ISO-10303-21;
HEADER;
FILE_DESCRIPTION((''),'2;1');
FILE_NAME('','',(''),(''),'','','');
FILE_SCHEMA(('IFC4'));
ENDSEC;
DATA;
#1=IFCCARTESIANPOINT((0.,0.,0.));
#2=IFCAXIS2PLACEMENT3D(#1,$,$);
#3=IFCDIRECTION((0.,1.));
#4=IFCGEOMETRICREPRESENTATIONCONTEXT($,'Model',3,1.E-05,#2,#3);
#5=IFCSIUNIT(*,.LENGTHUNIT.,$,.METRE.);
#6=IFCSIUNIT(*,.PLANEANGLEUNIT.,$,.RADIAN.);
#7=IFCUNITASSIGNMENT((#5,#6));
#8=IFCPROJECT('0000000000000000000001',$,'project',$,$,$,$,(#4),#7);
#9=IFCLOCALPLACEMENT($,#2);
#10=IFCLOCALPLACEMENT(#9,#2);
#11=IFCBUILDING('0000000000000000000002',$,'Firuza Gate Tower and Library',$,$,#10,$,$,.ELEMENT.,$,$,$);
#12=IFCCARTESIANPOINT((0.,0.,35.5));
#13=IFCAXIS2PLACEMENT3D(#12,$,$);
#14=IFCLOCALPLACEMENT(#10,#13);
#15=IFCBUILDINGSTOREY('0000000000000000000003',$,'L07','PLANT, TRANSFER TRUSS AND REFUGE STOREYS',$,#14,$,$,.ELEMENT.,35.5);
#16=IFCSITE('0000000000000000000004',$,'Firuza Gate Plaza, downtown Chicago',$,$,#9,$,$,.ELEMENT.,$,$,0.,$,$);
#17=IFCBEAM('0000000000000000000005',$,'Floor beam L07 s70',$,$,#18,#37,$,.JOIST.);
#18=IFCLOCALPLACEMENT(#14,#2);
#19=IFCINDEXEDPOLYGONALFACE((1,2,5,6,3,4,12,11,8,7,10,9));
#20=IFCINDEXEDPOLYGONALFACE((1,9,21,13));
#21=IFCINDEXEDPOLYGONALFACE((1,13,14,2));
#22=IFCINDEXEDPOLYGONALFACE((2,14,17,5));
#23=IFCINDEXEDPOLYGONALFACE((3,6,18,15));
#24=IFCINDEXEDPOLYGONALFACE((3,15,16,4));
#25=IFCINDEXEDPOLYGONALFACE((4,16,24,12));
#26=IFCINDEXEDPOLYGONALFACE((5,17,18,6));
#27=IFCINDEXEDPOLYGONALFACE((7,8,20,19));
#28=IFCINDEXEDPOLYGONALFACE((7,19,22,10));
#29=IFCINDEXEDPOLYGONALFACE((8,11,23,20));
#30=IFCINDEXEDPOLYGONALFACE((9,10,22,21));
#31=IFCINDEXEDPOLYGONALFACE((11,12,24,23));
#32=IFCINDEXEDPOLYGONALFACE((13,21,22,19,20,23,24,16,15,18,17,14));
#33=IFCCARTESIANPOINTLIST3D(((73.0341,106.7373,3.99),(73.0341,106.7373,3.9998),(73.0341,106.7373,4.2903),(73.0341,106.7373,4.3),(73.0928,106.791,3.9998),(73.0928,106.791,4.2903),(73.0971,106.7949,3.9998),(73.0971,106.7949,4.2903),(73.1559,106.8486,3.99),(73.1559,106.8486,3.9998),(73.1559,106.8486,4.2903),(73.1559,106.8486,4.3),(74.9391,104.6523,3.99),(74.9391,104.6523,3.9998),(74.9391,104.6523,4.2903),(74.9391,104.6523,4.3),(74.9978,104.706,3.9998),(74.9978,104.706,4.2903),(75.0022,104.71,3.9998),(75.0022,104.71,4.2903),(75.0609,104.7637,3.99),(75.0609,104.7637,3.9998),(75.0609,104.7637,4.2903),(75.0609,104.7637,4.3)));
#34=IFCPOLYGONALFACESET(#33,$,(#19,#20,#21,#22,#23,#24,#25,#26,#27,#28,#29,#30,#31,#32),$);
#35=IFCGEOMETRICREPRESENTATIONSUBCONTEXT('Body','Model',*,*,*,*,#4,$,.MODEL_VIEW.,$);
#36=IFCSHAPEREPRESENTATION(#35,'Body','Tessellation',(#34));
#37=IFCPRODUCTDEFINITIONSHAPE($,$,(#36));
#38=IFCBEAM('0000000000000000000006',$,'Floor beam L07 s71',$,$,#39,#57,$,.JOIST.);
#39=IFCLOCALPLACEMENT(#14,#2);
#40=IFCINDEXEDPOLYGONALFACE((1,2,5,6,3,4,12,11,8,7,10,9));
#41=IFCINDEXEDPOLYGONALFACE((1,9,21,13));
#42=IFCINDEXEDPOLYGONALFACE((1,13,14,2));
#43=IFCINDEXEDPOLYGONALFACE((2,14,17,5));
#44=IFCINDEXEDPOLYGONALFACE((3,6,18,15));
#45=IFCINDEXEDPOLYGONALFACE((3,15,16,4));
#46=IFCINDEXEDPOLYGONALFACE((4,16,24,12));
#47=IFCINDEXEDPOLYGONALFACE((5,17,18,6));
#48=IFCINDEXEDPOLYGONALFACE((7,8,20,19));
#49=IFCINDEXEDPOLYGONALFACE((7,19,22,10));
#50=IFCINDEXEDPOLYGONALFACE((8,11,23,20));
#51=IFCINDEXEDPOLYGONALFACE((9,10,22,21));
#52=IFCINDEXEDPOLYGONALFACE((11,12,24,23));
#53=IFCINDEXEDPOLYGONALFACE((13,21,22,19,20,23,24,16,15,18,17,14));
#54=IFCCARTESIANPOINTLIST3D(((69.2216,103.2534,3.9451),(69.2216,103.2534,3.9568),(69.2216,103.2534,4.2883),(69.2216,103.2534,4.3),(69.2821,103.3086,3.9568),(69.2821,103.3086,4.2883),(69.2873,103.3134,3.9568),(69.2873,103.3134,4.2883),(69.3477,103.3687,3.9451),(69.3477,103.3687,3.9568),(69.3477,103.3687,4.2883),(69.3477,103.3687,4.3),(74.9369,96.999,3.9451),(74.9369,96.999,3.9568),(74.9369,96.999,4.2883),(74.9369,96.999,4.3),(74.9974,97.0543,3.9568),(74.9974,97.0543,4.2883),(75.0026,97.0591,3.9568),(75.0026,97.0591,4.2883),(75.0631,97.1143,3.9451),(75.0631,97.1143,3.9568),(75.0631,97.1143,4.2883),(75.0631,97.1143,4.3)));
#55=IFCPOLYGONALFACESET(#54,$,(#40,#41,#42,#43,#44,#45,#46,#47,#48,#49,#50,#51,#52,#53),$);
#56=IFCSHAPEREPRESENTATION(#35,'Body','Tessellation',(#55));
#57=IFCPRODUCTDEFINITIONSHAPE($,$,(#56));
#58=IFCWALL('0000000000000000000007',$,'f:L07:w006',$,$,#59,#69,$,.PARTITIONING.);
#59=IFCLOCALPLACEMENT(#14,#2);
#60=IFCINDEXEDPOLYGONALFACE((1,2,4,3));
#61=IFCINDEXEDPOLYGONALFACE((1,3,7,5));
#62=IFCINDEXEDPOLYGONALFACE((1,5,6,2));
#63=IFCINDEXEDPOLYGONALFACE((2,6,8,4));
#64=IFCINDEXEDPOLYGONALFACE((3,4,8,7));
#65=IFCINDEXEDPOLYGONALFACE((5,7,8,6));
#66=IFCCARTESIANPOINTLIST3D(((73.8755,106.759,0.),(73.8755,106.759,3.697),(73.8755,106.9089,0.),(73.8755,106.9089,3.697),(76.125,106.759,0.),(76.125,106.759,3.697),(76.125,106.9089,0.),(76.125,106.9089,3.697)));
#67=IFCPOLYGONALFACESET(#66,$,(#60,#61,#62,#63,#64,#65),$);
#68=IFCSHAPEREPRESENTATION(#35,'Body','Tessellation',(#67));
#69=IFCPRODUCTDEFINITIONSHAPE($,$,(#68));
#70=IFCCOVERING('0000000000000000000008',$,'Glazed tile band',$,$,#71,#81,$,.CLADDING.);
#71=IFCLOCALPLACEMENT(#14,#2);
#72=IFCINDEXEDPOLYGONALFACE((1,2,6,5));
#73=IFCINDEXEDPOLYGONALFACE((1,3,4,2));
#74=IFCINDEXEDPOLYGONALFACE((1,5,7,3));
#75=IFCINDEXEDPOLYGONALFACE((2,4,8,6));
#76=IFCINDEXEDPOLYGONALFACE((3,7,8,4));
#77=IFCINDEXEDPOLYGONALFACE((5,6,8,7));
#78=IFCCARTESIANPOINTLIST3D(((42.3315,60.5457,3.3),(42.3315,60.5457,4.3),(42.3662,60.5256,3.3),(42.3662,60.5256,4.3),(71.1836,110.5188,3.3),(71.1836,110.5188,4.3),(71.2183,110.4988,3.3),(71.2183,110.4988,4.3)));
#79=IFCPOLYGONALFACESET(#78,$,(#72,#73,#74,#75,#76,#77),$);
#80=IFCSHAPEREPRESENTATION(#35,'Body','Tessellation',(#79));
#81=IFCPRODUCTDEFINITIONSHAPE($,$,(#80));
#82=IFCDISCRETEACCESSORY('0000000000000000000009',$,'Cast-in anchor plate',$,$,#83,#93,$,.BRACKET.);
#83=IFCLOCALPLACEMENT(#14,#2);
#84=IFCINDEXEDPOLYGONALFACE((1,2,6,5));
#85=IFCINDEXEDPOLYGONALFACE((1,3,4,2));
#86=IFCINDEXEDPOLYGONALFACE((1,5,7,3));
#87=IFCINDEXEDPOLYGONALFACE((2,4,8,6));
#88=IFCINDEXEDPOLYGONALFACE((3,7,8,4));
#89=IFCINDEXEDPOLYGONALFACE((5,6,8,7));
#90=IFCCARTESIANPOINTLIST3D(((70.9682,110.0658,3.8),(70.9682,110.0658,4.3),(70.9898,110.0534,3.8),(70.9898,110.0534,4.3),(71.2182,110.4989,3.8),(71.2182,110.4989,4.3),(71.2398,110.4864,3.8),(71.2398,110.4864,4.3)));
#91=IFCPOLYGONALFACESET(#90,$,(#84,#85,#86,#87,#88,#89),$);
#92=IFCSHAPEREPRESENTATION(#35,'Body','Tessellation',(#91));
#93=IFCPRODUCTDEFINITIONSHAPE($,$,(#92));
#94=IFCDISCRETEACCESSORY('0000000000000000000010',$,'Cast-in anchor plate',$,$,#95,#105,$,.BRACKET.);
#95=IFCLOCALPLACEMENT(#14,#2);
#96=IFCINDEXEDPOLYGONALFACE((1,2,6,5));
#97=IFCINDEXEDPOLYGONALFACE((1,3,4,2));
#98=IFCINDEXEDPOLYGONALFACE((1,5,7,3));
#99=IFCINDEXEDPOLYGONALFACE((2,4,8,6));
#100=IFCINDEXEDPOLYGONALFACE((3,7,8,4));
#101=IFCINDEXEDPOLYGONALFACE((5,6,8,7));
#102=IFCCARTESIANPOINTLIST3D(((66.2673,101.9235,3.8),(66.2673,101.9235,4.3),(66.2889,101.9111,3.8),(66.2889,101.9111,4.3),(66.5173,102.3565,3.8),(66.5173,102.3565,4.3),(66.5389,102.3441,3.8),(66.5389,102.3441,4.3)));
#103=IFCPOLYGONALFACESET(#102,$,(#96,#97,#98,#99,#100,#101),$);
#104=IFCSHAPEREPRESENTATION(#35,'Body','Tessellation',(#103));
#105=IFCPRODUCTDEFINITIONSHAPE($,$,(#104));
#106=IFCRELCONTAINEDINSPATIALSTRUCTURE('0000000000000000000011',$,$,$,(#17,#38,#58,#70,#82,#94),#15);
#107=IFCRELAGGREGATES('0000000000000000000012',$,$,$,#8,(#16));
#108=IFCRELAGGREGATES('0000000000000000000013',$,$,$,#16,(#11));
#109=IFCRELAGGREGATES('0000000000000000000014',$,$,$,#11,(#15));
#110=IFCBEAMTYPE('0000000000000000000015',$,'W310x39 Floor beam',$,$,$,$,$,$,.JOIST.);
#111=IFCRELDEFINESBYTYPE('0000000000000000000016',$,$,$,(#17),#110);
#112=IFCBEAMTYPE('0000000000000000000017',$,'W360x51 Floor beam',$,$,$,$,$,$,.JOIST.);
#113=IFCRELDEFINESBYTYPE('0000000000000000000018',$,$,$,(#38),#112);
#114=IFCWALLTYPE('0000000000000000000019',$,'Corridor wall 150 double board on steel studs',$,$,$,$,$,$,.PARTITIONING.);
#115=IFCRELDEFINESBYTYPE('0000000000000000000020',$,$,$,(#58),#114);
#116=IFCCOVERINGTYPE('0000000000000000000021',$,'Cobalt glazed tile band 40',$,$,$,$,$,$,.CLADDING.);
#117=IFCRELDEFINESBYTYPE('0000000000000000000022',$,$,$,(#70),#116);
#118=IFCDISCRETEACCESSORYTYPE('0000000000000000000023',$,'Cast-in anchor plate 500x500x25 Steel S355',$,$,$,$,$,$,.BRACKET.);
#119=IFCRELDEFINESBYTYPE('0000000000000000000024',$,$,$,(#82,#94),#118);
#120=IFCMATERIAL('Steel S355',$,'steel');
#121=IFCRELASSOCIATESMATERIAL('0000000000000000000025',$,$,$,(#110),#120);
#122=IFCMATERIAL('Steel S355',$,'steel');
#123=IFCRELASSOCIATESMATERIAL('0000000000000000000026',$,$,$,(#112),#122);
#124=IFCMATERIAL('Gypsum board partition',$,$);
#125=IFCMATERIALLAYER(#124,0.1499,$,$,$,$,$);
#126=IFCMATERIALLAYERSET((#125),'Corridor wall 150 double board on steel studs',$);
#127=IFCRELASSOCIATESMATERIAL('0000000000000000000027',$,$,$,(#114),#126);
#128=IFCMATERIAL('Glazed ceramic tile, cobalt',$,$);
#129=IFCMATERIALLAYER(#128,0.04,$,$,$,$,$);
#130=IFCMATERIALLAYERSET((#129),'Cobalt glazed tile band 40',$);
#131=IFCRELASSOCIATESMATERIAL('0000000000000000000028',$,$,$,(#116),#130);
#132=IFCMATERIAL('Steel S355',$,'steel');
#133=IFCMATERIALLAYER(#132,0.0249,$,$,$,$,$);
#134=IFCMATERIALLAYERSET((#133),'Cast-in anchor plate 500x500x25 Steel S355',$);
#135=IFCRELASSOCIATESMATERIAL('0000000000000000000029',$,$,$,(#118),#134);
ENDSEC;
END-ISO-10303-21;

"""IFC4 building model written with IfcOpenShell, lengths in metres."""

from ifc_helpers import new_model, si_unit, direction, frame, frame_2d, origin, origin_2d, place, context, subcontext, project, spatial, polyline, rectangle, i_section, outline, extrude, material, layer, layer_set, material_profile, profile_set, type_object, element, save


model = new_model("IFC4")

# Units and contexts
model_context = context("Model", 3, precision=1e-05, world=origin(), true_north=direction((0.0, 1.0)))
body_context = subcontext(model_context, "Body", "Model", "MODEL_VIEW")
ifc_project = project(units=[si_unit("LENGTHUNIT", "METRE"), si_unit("PLANEANGLEUNIT", "RADIAN")], contexts=[model_context])

# Site, building, storey
site_placement = place(None, origin())
site = spatial("IfcSite", under=ifc_project, at=site_placement, Name="Firuza Gate Plaza, downtown Chicago", CompositionType="ELEMENT", RefElevation=0.0)
building_placement = place(site_placement, origin())
building = spatial("IfcBuilding", under=site, at=building_placement, Name="Firuza Gate Tower and Library", CompositionType="ELEMENT")
storey_placement = place(building_placement, frame((0.0, 0.0, 35.5)))
storey = spatial("IfcBuildingStorey", under=building, at=storey_placement, Name="L07", Description="PLANT, TRANSFER TRUSS AND REFUGE STOREYS", CompositionType="ELEMENT", Elevation=35.5)

# Beams
ifc_material_1 = material(Name="Steel S355", Category="steel")
ifc_material_profile_1 = material_profile(ifc_material_1, i_section(OverallWidth=0.165, OverallDepth=0.3101, WebThickness=0.0059, FlangeThickness=0.0098, at=origin_2d()))
ifc_profile_set_1 = profile_set([ifc_material_profile_1], Name="Steel S355")
beam_type_1 = type_object("IfcBeamType", Name="W310x39 Floor beam", PredefinedType="JOIST", material=ifc_profile_set_1)
beam_1_placement = place(storey_placement, frame((73.095, 106.793, 4.145), z_axis=(0.674534, -0.738244, 0.0), x_axis=(0.738244, 0.674534, 0.0)))
element("IfcBeam", 1, at=beam_1_placement, inside=storey, type_object=beam_type_1, Name="Floor beam L07 s70", PredefinedType="JOIST", context=body_context, shape_type="SweptSolid", body=[
    extrude(i_section(OverallWidth=0.165, OverallDepth=0.3101, WebThickness=0.0059, FlangeThickness=0.0098, at=origin_2d()), origin(), (0.0, 0.0, 1.0), 2.8242),
])
ifc_material_2 = material(Name="Steel S355", Category="steel")
ifc_material_profile_2 = material_profile(ifc_material_2, i_section(OverallWidth=0.1709, OverallDepth=0.355, WebThickness=0.0071, FlangeThickness=0.0117, at=origin_2d()))
ifc_profile_set_2 = profile_set([ifc_material_profile_2], Name="Steel S355")
beam_type_2 = type_object("IfcBeamType", Name="W360x51 Floor beam", PredefinedType="JOIST", material=ifc_profile_set_2)
beam_2_placement = place(storey_placement, frame((69.2847, 103.311, 4.1226), z_axis=(0.674578, -0.738203, 0.0), x_axis=(0.738203, 0.674578, 0.0)))
element("IfcBeam", 2, at=beam_2_placement, inside=storey, type_object=beam_type_2, Name="Floor beam L07 s71", PredefinedType="JOIST", context=body_context, shape_type="SweptSolid", body=[
    extrude(i_section(OverallWidth=0.1709, OverallDepth=0.355, WebThickness=0.0071, FlangeThickness=0.0117, at=origin_2d()), origin(), (0.0, 0.0, 1.0), 8.4724),
])

# Wall
ifc_material_3 = material(Name="Gypsum board partition")
ifc_layer_1 = layer(ifc_material_3, 0.1499)
ifc_layer_set_1 = layer_set([ifc_layer_1], Name="Corridor wall 150 double board on steel studs")
wall_type_1 = type_object("IfcWallType", Name="Corridor wall 150 double board on steel studs", PredefinedType="PARTITIONING", material=ifc_layer_set_1)
wall_1_placement = place(storey_placement, frame((73.8755, 106.834, 0.0), z_axis=(0.0, 0.0, 1.0), x_axis=(1.0, 0.0, 0.0)))
element("IfcWall", 3, at=wall_1_placement, inside=storey, type_object=wall_type_1, Name="f:L07:w006", PredefinedType="PARTITIONING", context=body_context, shape_type="SweptSolid", body=[
    extrude(rectangle(XDim=2.2495, YDim=0.1499, at=frame_2d((1.1248, 0.0))), origin(), (0.0, 0.0, 1.0), 3.697),
])

# Covering
ifc_material_4 = material(Name="Glazed ceramic tile, cobalt")
ifc_layer_2 = layer(ifc_material_4, 0.04)
ifc_layer_set_2 = layer_set([ifc_layer_2], Name="Cobalt glazed tile band 40")
covering_type = type_object("IfcCoveringType", Name="Cobalt glazed tile band 40", PredefinedType="CLADDING", material=ifc_layer_set_2)
covering_placement = place(storey_placement, frame((71.1836, 110.5188, 3.3), z_axis=(-0.866025, 0.500001, 0.0), x_axis=(-0.500001, -0.866025, 0.0)))
element("IfcCovering", 4, at=covering_placement, inside=storey, type_object=covering_type, Name="Glazed tile band", PredefinedType="CLADDING", context=body_context, shape_type="SweptSolid", body=[
    extrude(outline(polyline([(0.0, 0.0), (57.704, 0.0), (57.704, 1.0), (0.0, 1.0), (0.0, 0.0)])), origin(), (0.0, 0.0, -1.0), 0.04),
])

# Discrete accessories
ifc_material_5 = material(Name="Steel S355", Category="steel")
ifc_layer_3 = layer(ifc_material_5, 0.0249)
ifc_layer_set_3 = layer_set([ifc_layer_3], Name="Cast-in anchor plate 500x500x25 Steel S355")
discrete_accessory_type = type_object("IfcDiscreteAccessoryType", Name="Cast-in anchor plate 500x500x25 Steel S355", PredefinedType="BRACKET", material=ifc_layer_set_3)
for number, where, z_axis, x_axis, name in (
    (5, (71.104, 110.2761, 3.8), (0.0, 0.0, 1.0), (-0.5, -0.866025, 0.0), "Cast-in anchor plate"),
    (6, (66.4031, 102.1338, 3.8), (0.0, 0.0, 1.0), (-0.5, -0.866025, 0.0), "Cast-in anchor plate"),
):
    element("IfcDiscreteAccessory", number, at=place(storey_placement, frame(where, z_axis=z_axis, x_axis=x_axis)), inside=storey, type_object=discrete_accessory_type, Name=name, PredefinedType="BRACKET", context=body_context, shape_type="SweptSolid", body=[
        extrude(rectangle(XDim=0.5, YDim=0.0249, at=origin_2d()), origin(), (0.0, 0.0, 1.0), 0.5),
    ])

save(model, "model.ifc")
